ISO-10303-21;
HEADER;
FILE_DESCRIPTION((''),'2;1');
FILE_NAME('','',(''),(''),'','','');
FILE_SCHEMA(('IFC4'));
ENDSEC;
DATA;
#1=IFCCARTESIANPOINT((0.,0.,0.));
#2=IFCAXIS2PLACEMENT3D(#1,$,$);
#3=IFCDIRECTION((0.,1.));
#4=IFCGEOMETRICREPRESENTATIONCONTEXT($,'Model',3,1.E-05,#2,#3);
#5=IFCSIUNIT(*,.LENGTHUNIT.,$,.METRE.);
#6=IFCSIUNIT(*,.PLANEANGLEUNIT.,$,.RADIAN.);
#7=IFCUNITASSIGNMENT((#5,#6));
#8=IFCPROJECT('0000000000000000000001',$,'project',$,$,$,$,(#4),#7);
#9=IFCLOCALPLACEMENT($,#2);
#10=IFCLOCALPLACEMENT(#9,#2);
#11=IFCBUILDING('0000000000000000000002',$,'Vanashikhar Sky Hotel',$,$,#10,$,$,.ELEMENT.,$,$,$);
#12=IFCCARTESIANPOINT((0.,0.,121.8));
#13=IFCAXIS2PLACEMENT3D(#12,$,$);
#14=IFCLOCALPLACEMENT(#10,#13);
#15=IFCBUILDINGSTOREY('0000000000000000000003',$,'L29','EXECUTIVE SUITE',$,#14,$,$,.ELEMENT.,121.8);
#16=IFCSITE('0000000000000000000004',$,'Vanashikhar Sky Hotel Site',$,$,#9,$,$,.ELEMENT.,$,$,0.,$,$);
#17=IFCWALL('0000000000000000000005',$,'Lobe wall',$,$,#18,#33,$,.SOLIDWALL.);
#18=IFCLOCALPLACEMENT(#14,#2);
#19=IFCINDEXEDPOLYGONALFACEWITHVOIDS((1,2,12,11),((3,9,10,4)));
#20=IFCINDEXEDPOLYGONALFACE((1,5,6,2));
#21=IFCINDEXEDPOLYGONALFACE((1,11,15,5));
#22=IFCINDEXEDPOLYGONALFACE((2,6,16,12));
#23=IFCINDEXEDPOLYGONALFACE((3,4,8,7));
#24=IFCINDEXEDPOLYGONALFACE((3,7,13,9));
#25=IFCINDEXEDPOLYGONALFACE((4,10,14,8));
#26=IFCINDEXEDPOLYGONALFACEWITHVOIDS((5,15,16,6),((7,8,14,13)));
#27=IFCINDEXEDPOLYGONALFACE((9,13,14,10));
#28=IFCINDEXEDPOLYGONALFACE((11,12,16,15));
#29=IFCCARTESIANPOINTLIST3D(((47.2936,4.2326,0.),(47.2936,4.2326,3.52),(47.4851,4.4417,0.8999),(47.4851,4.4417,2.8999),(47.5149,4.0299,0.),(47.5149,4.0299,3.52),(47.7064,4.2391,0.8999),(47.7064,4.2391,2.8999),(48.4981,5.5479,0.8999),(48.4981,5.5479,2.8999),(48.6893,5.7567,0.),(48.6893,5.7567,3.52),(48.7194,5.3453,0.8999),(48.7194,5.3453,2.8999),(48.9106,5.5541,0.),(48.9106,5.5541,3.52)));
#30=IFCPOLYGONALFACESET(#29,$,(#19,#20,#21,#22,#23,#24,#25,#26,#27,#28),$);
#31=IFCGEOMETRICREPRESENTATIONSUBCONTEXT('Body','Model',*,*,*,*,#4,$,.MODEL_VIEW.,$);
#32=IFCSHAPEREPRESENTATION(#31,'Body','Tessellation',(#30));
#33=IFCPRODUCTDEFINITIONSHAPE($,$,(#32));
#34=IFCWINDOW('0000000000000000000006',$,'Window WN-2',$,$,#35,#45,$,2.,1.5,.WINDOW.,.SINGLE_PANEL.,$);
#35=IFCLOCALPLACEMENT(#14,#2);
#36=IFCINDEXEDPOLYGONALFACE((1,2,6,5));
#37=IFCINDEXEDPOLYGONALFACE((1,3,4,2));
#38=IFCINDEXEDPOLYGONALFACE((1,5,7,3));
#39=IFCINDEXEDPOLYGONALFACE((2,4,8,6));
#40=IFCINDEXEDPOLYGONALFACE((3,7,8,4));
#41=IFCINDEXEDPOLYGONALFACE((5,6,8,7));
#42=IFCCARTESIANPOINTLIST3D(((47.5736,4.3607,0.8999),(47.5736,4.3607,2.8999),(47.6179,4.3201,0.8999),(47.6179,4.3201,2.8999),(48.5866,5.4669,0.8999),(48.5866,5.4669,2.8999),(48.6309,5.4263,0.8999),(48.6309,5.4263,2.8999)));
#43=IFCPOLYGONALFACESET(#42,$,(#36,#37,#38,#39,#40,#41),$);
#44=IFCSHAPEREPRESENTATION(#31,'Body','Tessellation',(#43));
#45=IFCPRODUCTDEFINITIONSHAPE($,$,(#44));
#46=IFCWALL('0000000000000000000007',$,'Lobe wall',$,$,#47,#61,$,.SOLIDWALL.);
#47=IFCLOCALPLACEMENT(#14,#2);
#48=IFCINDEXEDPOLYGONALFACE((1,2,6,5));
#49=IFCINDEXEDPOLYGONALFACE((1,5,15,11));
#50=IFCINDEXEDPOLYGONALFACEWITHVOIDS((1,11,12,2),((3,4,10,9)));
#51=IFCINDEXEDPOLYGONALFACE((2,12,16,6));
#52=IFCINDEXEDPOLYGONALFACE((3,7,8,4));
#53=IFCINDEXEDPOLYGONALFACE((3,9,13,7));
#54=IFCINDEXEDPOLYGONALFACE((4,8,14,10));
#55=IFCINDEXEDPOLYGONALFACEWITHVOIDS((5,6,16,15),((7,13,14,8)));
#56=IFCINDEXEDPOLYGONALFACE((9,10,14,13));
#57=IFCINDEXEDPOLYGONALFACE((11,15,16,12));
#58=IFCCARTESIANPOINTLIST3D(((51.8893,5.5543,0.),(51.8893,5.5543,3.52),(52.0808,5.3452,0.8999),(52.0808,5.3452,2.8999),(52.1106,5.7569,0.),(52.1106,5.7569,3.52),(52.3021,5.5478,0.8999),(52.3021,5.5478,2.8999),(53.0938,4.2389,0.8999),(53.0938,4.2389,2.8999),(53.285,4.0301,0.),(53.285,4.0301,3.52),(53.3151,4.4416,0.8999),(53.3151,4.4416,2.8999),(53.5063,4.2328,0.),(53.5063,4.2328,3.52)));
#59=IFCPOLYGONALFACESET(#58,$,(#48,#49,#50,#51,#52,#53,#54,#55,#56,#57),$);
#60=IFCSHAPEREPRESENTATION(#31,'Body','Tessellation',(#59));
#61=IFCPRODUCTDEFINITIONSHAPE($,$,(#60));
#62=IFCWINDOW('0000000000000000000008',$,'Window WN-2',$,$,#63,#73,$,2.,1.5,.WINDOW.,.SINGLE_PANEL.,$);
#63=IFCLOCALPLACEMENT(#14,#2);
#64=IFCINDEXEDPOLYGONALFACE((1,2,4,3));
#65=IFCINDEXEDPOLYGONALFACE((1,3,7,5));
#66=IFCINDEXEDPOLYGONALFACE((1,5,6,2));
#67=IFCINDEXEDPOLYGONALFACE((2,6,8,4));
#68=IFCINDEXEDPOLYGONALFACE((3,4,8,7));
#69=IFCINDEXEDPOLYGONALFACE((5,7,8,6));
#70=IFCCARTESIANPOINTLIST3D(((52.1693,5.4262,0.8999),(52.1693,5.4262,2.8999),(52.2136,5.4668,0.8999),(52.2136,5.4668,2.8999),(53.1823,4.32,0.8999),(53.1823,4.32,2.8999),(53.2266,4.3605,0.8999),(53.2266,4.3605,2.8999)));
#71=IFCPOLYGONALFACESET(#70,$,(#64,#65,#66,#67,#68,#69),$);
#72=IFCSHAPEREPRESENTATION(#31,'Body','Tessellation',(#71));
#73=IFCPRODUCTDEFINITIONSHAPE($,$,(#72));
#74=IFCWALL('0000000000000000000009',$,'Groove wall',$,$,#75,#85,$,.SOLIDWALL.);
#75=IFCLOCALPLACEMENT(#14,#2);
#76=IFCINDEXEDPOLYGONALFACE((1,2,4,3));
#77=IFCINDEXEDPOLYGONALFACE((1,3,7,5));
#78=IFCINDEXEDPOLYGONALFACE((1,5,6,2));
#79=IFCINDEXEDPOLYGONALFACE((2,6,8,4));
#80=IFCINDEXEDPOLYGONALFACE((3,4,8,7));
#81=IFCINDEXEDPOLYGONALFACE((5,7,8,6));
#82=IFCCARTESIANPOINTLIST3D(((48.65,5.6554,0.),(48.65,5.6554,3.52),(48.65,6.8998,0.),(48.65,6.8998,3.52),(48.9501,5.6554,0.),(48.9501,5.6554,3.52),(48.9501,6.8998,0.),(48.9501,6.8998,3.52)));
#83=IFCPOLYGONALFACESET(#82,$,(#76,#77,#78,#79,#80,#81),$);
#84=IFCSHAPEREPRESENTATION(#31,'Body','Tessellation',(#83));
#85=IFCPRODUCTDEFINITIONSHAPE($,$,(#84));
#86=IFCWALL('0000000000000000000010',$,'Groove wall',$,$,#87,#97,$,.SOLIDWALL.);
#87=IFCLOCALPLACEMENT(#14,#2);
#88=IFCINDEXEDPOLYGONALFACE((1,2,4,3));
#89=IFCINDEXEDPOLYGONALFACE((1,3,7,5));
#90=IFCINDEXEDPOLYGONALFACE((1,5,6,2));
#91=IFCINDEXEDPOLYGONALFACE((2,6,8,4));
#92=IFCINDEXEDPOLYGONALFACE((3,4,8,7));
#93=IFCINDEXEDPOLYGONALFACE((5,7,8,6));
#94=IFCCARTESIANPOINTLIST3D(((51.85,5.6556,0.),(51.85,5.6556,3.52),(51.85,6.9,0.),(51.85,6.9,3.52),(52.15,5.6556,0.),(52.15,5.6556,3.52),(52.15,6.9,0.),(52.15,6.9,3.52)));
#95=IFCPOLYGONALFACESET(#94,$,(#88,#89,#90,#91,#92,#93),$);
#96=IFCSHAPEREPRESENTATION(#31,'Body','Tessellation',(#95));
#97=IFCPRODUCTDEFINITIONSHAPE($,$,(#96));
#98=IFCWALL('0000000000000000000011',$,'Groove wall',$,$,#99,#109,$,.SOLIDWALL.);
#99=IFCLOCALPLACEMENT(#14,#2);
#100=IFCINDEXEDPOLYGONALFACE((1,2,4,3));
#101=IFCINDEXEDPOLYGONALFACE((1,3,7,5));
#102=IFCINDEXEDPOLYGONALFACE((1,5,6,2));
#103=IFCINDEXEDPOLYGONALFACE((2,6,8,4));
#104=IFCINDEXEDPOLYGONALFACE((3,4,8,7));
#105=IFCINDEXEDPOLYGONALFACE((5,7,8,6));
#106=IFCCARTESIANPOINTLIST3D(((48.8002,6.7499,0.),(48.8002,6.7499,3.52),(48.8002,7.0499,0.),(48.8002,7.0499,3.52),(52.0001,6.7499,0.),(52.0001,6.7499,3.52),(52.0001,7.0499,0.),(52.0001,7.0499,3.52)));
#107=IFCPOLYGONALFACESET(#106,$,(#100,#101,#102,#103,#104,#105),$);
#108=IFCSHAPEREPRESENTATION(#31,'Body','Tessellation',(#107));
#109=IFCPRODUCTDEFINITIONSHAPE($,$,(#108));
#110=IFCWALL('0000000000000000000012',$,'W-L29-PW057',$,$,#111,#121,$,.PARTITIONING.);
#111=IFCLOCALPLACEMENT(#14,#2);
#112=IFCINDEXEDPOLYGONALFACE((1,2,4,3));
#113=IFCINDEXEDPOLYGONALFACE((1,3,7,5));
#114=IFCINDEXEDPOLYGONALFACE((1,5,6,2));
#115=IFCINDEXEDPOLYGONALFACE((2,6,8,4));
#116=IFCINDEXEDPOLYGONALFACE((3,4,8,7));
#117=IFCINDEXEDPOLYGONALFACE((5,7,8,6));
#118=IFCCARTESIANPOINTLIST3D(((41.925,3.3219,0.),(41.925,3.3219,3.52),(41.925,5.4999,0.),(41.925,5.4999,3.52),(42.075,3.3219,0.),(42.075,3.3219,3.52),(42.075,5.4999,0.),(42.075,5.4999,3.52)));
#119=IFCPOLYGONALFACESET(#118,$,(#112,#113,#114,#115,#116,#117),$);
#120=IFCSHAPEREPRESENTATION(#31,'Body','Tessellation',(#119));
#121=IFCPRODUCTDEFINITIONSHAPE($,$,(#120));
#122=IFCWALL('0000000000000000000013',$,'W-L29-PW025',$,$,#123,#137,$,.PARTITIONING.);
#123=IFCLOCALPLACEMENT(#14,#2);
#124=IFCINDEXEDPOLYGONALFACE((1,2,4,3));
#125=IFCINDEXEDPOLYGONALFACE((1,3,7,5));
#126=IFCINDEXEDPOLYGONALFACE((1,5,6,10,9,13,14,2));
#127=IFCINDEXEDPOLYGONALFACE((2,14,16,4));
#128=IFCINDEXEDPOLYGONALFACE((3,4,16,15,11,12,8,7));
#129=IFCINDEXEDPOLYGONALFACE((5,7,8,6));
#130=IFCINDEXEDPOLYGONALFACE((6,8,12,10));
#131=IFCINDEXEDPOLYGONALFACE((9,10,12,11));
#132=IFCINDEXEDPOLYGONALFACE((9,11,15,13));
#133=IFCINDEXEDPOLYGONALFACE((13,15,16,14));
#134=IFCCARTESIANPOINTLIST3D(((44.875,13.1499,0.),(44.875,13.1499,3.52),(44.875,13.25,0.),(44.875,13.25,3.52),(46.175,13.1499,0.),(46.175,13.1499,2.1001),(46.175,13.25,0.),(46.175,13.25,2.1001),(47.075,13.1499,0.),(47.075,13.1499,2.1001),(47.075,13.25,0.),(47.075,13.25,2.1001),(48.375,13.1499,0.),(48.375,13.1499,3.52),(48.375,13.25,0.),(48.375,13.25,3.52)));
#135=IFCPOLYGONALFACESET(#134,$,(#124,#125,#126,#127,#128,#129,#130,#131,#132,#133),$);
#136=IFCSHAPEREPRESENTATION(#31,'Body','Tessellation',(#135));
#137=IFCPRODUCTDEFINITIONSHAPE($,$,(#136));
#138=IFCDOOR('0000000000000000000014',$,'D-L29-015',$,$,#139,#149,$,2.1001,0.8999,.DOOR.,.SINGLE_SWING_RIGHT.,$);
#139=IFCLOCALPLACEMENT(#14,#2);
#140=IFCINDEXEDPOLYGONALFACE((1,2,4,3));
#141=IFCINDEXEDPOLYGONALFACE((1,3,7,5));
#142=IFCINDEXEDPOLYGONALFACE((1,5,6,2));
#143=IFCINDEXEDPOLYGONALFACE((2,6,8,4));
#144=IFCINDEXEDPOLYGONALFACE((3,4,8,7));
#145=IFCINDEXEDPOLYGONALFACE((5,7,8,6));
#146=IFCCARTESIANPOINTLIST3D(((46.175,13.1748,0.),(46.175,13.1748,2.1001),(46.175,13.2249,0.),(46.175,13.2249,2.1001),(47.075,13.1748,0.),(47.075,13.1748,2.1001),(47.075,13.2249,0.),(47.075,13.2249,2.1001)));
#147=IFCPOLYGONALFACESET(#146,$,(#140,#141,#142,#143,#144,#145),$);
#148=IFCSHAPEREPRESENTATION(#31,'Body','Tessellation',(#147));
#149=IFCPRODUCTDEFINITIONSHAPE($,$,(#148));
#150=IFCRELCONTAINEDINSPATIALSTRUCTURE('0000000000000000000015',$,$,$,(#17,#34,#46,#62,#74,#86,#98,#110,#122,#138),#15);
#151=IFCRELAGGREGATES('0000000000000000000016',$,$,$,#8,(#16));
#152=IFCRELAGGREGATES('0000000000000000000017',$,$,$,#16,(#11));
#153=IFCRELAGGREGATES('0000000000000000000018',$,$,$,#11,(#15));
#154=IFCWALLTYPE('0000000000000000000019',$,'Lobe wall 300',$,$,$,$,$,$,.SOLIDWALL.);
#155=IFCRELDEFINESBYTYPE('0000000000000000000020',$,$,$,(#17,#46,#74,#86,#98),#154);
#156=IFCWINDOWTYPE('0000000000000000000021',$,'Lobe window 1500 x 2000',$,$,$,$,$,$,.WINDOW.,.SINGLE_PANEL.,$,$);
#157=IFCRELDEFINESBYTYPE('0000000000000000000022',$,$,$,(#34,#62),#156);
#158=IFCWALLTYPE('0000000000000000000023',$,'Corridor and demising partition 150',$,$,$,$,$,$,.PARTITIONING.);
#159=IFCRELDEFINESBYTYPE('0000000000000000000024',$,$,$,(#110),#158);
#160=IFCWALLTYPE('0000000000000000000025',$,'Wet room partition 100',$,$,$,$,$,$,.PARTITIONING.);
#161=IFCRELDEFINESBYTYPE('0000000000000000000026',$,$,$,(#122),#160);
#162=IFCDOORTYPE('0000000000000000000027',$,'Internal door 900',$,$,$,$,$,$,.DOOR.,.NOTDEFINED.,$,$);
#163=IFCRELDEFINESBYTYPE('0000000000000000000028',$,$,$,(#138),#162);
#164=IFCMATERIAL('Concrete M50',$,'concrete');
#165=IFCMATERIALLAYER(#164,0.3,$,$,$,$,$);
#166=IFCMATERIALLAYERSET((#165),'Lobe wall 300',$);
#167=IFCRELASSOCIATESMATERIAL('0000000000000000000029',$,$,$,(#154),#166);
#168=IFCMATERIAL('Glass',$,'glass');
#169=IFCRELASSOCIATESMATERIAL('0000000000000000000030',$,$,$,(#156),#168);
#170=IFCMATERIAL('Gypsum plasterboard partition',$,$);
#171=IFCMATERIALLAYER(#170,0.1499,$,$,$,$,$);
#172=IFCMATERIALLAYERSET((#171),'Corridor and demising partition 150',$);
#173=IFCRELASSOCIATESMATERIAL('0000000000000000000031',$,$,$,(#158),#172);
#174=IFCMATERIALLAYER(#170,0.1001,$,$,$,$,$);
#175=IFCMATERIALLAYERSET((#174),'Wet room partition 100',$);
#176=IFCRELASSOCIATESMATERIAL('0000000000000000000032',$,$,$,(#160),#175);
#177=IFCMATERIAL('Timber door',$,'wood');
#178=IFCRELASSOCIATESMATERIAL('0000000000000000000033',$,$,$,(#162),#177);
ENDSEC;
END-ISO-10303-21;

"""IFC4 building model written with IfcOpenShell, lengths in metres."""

from ifc_helpers import new_model, si_unit, direction, frame, frame_2d, origin, place, context, subcontext, project, spatial, rectangle, extrude, source, transform, mapped, material, layer, layer_set, type_object, element, fill, save


model = new_model("IFC4")

# Units and contexts
model_context = context("Model", 3, precision=1e-05, world=origin(), true_north=direction((0.0, 1.0)))
body_context = subcontext(model_context, "Body", "Model", "MODEL_VIEW")
ifc_project = project(units=[si_unit("LENGTHUNIT", "METRE"), si_unit("PLANEANGLEUNIT", "RADIAN")], contexts=[model_context])

# Site, building, storey
site_placement = place(None, origin())
site = spatial("IfcSite", under=ifc_project, at=site_placement, Name="Vanashikhar Sky Hotel Site", CompositionType="ELEMENT", RefElevation=0.0)
building_placement = place(site_placement, origin())
building = spatial("IfcBuilding", under=site, at=building_placement, Name="Vanashikhar Sky Hotel", CompositionType="ELEMENT")
storey_placement = place(building_placement, frame((0.0, 0.0, 121.8)))
storey = spatial("IfcBuildingStorey", under=building, at=storey_placement, Name="L29", Description="EXECUTIVE SUITE", CompositionType="ELEMENT", Elevation=121.8)

# Walls, openings, windows
ifc_material_1 = material(Name="Concrete M50", Category="concrete")
ifc_layer_1 = layer(ifc_material_1, 0.3)
ifc_layer_set_1 = layer_set([ifc_layer_1], Name="Lobe wall 300")
wall_type_1 = type_object("IfcWallType", Name="Lobe wall 300", PredefinedType="SOLIDWALL", material=ifc_layer_set_1)
shared_shape_1 = source(origin(), body_context, "Body", "SweptSolid", [
    extrude(rectangle(XDim=1.5, YDim=2.0, at=frame_2d((0.75, 1.0))), frame((0.0, 0.1602, 0.0), z_axis=(0.0, -1.0, 0.0), x_axis=(1.0, 0.0, 0.0)), (0.0, 0.0, 1.0), 0.3201),
])
ifc_material_2 = material(Name="Glass", Category="glass")
window_type = type_object("IfcWindowType", Name="Lobe window 1500 x 2000", PartitioningType="SINGLE_PANEL", PredefinedType="WINDOW", material=ifc_material_2)
shared_shape_2 = source(origin(), body_context, "Body", "SweptSolid", [
    extrude(rectangle(XDim=1.5, YDim=2.0, at=frame_2d((0.75, 1.0))), frame((0.0, 0.03, 0.0), z_axis=(0.0, -1.0, 0.0), x_axis=(1.0, 0.0, 0.0)), (0.0, 0.0, 1.0), 0.0601),
])
shared_shape_3 = source(origin(), body_context, "Body", "SweptSolid", [
    extrude(rectangle(XDim=2.0667, YDim=0.3, at=frame_2d((1.0332, 0.0))), origin(), (0.0, 0.0, 1.0), 3.52),
])
wall_1_placement = place(storey_placement, frame((47.4043, 4.1313, 0.0), z_axis=(0.0, 0.0, 1.0), x_axis=(0.675355, 0.737492, 0.0)))
wall_1 = element("IfcWall", 1, at=wall_1_placement, inside=storey, type_object=wall_type_1, Name="Lobe wall", PredefinedType="SOLIDWALL", context=body_context, shape_type="MappedRepresentation", body=[
    mapped(shared_shape_3, transform((0.0, 0.0, 0.0), scale=1.0)),
])
opening_1_placement = place(wall_1_placement, frame((0.2834, 0.0, 0.8999)))
opening_1 = element("IfcOpeningElement", 2, at=opening_1_placement, cuts=wall_1, PredefinedType="OPENING", context=body_context, shape_type="MappedRepresentation", body=[
    mapped(shared_shape_1, transform((0.0, 0.0, 0.0), scale=1.0)),
])
window_1_placement = place(opening_1_placement, origin())
window_1 = element("IfcWindow", 3, at=window_1_placement, inside=storey, type_object=window_type, Name="Window WN-2", OverallHeight=2.0, OverallWidth=1.5, PartitioningType="SINGLE_PANEL", PredefinedType="WINDOW", context=body_context, shape_type="MappedRepresentation", body=[
    mapped(shared_shape_2, transform((0.0, 0.0, 0.0), scale=1.0)),
])
fill(opening_1, window_1)
wall_2_placement = place(storey_placement, frame((52.0, 5.6555, 0.0), z_axis=(0.0, 0.0, 1.0), x_axis=(0.675355, -0.737492, 0.0)))
wall_2 = element("IfcWall", 4, at=wall_2_placement, inside=storey, type_object=wall_type_1, Name="Lobe wall", PredefinedType="SOLIDWALL", context=body_context, shape_type="MappedRepresentation", body=[
    mapped(shared_shape_3, transform((0.0, 0.0, 0.0), scale=1.0)),
])
opening_2_placement = place(wall_2_placement, frame((0.2834, 0.0, 0.8999)))
opening_2 = element("IfcOpeningElement", 5, at=opening_2_placement, cuts=wall_2, PredefinedType="OPENING", context=body_context, shape_type="MappedRepresentation", body=[
    mapped(shared_shape_1, transform((0.0, 0.0, 0.0), scale=1.0)),
])
window_2_placement = place(opening_2_placement, origin())
window_2 = element("IfcWindow", 6, at=window_2_placement, inside=storey, type_object=window_type, Name="Window WN-2", OverallHeight=2.0, OverallWidth=1.5, PartitioningType="SINGLE_PANEL", PredefinedType="WINDOW", context=body_context, shape_type="MappedRepresentation", body=[
    mapped(shared_shape_2, transform((0.0, 0.0, 0.0), scale=1.0)),
])
fill(opening_2, window_2)

# Walls
shared_shape_4 = source(origin(), body_context, "Body", "SweptSolid", [
    extrude(rectangle(XDim=1.2444, YDim=0.3, at=frame_2d((0.6221, 0.0))), origin(), (0.0, 0.0, 1.0), 3.52),
])
for number, where, z_axis, x_axis, name in (
    (7, (48.8, 5.6555, 0.0), (0.0, 0.0, 1.0), (0.0, 1.0, 0.0), "Groove wall"),
    (8, (52.0, 6.8999, 0.0), (0.0, 0.0, 1.0), (0.0, -1.0, 0.0), "Groove wall"),
):
    element("IfcWall", number, at=place(storey_placement, frame(where, z_axis=z_axis, x_axis=x_axis)), inside=storey, type_object=wall_type_1, Name=name, PredefinedType="SOLIDWALL", context=body_context, shape_type="MappedRepresentation", body=[
        mapped(shared_shape_4, transform((0.0, 0.0, 0.0), scale=1.0)),
    ])
shared_shape_5 = source(origin(), body_context, "Body", "SweptSolid", [
    extrude(rectangle(XDim=3.2, YDim=0.3, at=frame_2d((1.6001, 0.0))), origin(), (0.0, 0.0, 1.0), 3.52),
])
wall_3_placement = place(storey_placement, frame((48.8, 6.8999, 0.0), z_axis=(0.0, 0.0, 1.0), x_axis=(1.0, 0.0, 0.0)))
element("IfcWall", 9, at=wall_3_placement, inside=storey, type_object=wall_type_1, Name="Groove wall", PredefinedType="SOLIDWALL", context=body_context, shape_type="MappedRepresentation", body=[
    mapped(shared_shape_5, transform((0.0, 0.0, 0.0), scale=1.0)),
])
ifc_material_3 = material(Name="Gypsum plasterboard partition")
ifc_layer_2 = layer(ifc_material_3, 0.1499)
ifc_layer_set_2 = layer_set([ifc_layer_2], Name="Corridor and demising partition 150")
wall_type_2 = type_object("IfcWallType", Name="Corridor and demising partition 150", PredefinedType="PARTITIONING", material=ifc_layer_set_2)
shared_shape_6 = source(origin(), body_context, "Body", "SweptSolid", [
    extrude(rectangle(XDim=2.178, YDim=0.1499, at=frame_2d((1.0889, 0.0))), origin(), (0.0, 0.0, 1.0), 3.52),
])
wall_4_placement = place(storey_placement, frame((42.0, 3.322, 0.0), z_axis=(0.0, 0.0, 1.0), x_axis=(0.0, 1.0, 0.0)))
element("IfcWall", 10, at=wall_4_placement, inside=storey, type_object=wall_type_2, Name="W-L29-PW057", PredefinedType="PARTITIONING", context=body_context, shape_type="MappedRepresentation", body=[
    mapped(shared_shape_6, transform((0.0, 0.0, 0.0), scale=1.0)),
])

# Wall, opening, door
ifc_layer_3 = layer(ifc_material_3, 0.1001)
ifc_layer_set_3 = layer_set([ifc_layer_3], Name="Wet room partition 100")
wall_type_3 = type_object("IfcWallType", Name="Wet room partition 100", PredefinedType="PARTITIONING", material=ifc_layer_set_3)
shared_shape_7 = source(origin(), body_context, "Body", "SweptSolid", [
    extrude(rectangle(XDim=3.5, YDim=0.1001, at=frame_2d((1.75, 0.0))), origin(), (0.0, 0.0, 1.0), 3.52),
])
wall_5_placement = place(storey_placement, frame((44.875, 13.2, 0.0), z_axis=(0.0, 0.0, 1.0), x_axis=(1.0, 0.0, 0.0)))
wall_5 = element("IfcWall", 11, at=wall_5_placement, inside=storey, type_object=wall_type_3, Name="W-L29-PW025", PredefinedType="PARTITIONING", context=body_context, shape_type="MappedRepresentation", body=[
    mapped(shared_shape_7, transform((0.0, 0.0, 0.0), scale=1.0)),
])
shared_shape_8 = source(origin(), body_context, "Body", "SweptSolid", [
    extrude(rectangle(XDim=0.8999, YDim=2.1001, at=frame_2d((0.45, 1.05))), frame((0.0, 0.0601, 0.0), z_axis=(0.0, -1.0, 0.0), x_axis=(1.0, 0.0, 0.0)), (0.0, 0.0, 1.0), 0.1201),
])
opening_3_placement = place(wall_5_placement, frame((1.3, 0.0, 0.0)))
opening_3 = element("IfcOpeningElement", 12, at=opening_3_placement, cuts=wall_5, PredefinedType="OPENING", context=body_context, shape_type="MappedRepresentation", body=[
    mapped(shared_shape_8, transform((0.0, 0.0, 0.0), scale=1.0)),
])
ifc_material_4 = material(Name="Timber door", Category="wood")
door_type = type_object("IfcDoorType", Name="Internal door 900", OperationType="NOTDEFINED", PredefinedType="DOOR", material=ifc_material_4)
shared_shape_9 = source(origin(), body_context, "Body", "SweptSolid", [
    extrude(rectangle(XDim=0.8999, YDim=2.1001, at=frame_2d((0.45, 1.05))), frame((0.0, 0.0249, 0.0), z_axis=(0.0, -1.0, 0.0), x_axis=(1.0, 0.0, 0.0)), (0.0, 0.0, 1.0), 0.05),
])
door_1_placement = place(opening_3_placement, origin())
door_1 = element("IfcDoor", 13, at=door_1_placement, inside=storey, type_object=door_type, Name="D-L29-015", OperationType="SINGLE_SWING_RIGHT", OverallHeight=2.1001, OverallWidth=0.8999, PredefinedType="DOOR", context=body_context, shape_type="MappedRepresentation", body=[
    mapped(shared_shape_9, transform((0.0, 0.0, 0.0), scale=1.0)),
])
fill(opening_3, door_1)

save(model, "model.ifc")
